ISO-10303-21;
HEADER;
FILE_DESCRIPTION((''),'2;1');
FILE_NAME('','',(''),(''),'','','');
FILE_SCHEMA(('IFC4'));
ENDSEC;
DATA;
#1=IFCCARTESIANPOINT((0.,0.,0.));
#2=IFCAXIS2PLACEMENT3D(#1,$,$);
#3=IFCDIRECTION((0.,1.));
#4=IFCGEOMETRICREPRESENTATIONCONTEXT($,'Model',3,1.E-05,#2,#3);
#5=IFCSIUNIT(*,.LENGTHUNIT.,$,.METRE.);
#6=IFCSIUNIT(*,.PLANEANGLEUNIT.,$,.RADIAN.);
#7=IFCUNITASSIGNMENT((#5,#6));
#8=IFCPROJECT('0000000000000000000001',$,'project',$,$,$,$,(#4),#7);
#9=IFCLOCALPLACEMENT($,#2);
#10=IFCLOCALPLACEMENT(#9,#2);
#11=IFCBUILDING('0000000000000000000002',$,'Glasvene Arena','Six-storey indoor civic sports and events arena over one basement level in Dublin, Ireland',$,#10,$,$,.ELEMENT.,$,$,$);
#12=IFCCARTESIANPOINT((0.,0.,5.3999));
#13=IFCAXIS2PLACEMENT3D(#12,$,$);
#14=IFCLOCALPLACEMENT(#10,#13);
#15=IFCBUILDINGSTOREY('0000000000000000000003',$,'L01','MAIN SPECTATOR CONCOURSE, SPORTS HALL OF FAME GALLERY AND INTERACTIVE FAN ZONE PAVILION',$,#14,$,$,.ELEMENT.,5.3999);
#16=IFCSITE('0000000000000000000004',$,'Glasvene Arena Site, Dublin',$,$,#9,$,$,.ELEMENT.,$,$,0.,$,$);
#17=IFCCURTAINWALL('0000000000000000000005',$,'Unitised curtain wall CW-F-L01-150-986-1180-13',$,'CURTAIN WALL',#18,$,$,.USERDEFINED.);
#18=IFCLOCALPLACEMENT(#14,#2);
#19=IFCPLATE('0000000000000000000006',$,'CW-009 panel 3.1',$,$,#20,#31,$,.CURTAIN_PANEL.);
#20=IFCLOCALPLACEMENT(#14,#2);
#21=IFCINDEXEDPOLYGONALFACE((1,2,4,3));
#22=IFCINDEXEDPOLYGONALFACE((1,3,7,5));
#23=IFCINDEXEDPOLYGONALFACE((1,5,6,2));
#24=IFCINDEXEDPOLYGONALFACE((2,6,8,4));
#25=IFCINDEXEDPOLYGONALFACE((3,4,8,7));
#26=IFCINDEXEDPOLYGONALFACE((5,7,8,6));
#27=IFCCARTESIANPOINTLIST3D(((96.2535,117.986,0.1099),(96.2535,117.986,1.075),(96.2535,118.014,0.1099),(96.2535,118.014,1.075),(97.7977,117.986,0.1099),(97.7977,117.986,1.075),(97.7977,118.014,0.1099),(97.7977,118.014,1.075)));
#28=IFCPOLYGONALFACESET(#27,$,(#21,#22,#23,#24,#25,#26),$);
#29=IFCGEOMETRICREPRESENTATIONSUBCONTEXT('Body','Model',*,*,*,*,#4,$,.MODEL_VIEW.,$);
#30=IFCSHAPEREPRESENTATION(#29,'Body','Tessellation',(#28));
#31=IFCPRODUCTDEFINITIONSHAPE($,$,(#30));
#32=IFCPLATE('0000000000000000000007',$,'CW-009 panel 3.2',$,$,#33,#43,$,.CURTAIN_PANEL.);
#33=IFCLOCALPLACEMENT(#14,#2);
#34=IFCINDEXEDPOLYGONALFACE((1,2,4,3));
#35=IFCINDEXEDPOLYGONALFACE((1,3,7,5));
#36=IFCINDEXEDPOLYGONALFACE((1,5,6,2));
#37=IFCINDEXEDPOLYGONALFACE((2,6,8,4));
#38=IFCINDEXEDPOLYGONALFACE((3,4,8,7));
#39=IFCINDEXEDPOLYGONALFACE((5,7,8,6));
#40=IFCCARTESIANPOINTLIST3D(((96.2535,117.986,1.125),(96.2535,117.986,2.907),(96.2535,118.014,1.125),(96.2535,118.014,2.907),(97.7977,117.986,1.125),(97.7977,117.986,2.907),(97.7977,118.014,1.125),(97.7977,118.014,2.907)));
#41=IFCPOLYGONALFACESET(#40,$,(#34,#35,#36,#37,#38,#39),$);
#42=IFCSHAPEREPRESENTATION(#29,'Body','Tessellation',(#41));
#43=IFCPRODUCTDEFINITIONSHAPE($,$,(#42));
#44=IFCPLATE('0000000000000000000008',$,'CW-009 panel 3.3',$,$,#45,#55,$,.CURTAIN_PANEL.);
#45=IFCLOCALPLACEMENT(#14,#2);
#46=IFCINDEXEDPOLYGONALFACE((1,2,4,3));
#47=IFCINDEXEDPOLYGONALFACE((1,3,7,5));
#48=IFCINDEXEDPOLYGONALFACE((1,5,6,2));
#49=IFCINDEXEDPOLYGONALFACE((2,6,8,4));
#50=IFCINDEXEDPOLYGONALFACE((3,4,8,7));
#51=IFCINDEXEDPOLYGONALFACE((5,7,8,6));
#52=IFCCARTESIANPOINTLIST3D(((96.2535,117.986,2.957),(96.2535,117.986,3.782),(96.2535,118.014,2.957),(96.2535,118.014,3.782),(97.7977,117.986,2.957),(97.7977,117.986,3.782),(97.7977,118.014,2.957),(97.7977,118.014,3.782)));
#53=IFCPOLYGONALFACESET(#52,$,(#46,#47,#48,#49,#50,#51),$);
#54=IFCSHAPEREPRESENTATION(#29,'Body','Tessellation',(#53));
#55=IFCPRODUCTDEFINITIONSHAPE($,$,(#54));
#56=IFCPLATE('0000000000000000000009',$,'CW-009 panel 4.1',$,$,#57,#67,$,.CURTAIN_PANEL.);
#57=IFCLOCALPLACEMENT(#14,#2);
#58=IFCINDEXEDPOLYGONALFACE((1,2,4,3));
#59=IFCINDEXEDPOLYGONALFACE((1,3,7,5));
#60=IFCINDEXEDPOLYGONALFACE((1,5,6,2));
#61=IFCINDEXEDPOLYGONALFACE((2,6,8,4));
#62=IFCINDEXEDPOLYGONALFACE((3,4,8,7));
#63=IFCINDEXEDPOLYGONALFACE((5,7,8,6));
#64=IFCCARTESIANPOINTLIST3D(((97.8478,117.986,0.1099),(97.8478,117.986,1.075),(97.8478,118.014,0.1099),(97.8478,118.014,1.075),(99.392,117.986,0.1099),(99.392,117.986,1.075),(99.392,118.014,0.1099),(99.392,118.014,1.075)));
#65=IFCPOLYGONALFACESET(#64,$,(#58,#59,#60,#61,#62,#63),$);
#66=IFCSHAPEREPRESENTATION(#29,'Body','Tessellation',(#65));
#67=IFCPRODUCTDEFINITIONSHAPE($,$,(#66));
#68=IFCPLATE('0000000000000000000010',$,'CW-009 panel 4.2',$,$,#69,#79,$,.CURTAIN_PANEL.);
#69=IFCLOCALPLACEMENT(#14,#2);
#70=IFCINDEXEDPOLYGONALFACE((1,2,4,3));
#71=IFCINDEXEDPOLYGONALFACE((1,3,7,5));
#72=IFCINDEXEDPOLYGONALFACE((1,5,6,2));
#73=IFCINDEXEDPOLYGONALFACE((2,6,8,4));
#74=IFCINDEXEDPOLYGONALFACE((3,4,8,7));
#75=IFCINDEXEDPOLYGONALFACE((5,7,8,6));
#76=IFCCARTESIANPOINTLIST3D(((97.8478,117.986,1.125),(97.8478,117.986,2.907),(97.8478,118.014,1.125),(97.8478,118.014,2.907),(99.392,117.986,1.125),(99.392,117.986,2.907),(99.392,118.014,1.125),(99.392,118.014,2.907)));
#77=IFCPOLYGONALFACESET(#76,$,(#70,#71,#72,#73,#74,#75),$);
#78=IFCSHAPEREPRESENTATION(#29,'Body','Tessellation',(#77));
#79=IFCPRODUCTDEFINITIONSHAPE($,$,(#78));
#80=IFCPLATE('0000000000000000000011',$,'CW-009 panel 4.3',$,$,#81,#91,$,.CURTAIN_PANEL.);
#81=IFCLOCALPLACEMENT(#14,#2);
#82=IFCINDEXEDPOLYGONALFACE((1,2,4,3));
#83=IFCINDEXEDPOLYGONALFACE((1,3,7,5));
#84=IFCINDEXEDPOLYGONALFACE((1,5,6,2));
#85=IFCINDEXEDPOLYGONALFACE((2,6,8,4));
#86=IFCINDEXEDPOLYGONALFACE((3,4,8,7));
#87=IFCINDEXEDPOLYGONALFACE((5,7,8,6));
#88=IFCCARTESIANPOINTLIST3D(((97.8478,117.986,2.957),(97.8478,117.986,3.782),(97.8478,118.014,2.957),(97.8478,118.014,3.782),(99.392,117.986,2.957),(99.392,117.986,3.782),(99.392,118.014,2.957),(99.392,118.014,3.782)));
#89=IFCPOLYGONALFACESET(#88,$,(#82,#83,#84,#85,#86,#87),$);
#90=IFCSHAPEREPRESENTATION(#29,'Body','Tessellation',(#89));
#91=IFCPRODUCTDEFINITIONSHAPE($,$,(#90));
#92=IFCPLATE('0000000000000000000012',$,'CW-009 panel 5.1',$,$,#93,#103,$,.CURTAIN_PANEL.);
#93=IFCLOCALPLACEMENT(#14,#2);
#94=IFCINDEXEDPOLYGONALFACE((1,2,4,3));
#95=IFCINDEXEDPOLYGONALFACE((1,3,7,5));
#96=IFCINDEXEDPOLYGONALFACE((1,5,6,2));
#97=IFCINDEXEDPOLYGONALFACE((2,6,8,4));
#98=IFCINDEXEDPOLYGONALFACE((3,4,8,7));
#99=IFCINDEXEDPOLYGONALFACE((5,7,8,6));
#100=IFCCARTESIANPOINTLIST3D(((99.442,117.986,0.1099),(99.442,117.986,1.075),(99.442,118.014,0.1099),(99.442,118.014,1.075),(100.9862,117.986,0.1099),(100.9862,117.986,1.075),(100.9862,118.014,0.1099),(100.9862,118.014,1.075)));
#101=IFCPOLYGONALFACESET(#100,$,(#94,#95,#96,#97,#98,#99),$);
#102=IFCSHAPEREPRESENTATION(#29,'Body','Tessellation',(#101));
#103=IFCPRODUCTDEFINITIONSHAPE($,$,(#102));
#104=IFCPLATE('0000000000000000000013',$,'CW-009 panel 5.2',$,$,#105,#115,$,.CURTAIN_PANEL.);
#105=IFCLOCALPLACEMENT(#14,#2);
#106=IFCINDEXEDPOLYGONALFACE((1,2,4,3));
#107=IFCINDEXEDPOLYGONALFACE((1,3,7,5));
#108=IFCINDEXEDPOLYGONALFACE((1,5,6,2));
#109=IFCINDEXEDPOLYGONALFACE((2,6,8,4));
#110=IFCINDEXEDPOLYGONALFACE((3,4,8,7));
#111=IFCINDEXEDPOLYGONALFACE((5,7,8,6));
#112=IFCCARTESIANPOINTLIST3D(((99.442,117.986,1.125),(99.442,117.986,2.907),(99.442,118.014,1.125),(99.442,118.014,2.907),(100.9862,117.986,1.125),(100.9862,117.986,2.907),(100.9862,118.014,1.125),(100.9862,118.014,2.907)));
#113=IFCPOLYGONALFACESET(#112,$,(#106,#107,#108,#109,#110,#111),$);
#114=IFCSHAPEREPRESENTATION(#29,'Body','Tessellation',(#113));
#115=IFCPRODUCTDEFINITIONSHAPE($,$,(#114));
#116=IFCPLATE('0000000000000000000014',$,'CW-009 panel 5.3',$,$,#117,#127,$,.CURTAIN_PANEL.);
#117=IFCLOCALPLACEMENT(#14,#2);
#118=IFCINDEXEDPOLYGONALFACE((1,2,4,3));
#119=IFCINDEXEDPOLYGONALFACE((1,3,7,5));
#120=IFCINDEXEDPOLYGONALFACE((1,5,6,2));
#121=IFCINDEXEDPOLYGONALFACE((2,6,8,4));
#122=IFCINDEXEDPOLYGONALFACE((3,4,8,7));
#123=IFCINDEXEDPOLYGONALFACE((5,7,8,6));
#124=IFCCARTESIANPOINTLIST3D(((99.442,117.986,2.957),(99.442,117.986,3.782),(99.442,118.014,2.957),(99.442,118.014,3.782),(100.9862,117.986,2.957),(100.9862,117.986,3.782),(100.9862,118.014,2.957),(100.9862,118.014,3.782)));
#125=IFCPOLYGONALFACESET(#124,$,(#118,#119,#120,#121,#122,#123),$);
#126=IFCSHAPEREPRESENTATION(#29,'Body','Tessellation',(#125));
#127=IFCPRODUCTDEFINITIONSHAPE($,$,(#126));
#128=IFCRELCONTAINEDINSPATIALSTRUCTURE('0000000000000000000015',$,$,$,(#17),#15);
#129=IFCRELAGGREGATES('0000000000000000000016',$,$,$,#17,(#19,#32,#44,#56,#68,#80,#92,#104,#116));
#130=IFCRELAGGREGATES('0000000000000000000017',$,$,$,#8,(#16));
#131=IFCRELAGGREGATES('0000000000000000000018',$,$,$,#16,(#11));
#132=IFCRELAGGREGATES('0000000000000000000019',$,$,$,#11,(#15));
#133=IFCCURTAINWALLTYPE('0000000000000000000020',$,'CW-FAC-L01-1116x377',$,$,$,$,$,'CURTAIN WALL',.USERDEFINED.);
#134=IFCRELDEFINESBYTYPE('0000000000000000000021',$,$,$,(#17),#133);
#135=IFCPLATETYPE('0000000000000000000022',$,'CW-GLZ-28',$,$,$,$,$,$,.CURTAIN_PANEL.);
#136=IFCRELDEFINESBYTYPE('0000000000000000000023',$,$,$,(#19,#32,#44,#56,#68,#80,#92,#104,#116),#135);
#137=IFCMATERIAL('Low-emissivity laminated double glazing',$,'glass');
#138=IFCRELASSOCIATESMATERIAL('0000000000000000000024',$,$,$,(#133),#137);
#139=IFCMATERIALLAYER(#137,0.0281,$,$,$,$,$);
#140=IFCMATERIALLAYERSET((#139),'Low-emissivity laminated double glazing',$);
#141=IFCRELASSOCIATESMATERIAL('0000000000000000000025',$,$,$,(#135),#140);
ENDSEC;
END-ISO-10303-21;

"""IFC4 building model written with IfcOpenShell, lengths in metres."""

from ifc_helpers import new_model, si_unit, direction, frame, origin, origin_2d, place, context, subcontext, project, spatial, rectangle, extrude, material, layer, layer_set, type_object, element, aggregate, save


model = new_model("IFC4")

# Units and contexts
model_context = context("Model", 3, precision=1e-05, world=origin(), true_north=direction((0.0, 1.0)))
body_context = subcontext(model_context, "Body", "Model", "MODEL_VIEW")
ifc_project = project(units=[si_unit("LENGTHUNIT", "METRE"), si_unit("PLANEANGLEUNIT", "RADIAN")], contexts=[model_context])

# Site, building, storey
site_placement = place(None, origin())
site = spatial("IfcSite", under=ifc_project, at=site_placement, Name="Glasvene Arena Site, Dublin", CompositionType="ELEMENT", RefElevation=0.0)
building_placement = place(site_placement, origin())
building = spatial("IfcBuilding", under=site, at=building_placement, Name="Glasvene Arena", Description="Six-storey indoor civic sports and events arena over one basement level in Dublin, Ireland", CompositionType="ELEMENT")
storey_placement = place(building_placement, frame((0.0, 0.0, 5.3999)))
storey = spatial("IfcBuildingStorey", under=building, at=storey_placement, Name="L01", Description="MAIN SPECTATOR CONCOURSE, SPORTS HALL OF FAME GALLERY AND INTERACTIVE FAN ZONE PAVILION", CompositionType="ELEMENT", Elevation=5.3999)

# Curtain wall, plates
ifc_material_1 = material(Name="Low-emissivity laminated double glazing", Category="glass")
curtain_wall_type = type_object("IfcCurtainWallType", Name="CW-FAC-L01-1116x377", ElementType="CURTAIN WALL", PredefinedType="USERDEFINED", material=ifc_material_1)
curtain_wall_placement = place(storey_placement, frame((93.04, 118.0, 0.0)))
curtain_wall = element("IfcCurtainWall", 1, at=curtain_wall_placement, inside=storey, type_object=curtain_wall_type, Name="Unitised curtain wall CW-F-L01-150-986-1180-13", ObjectType="CURTAIN WALL", PredefinedType="USERDEFINED")
ifc_layer = layer(ifc_material_1, 0.0281)
ifc_layer_set = layer_set([ifc_layer], Name="Low-emissivity laminated double glazing")
plate_type = type_object("IfcPlateType", Name="CW-GLZ-28", PredefinedType="CURTAIN_PANEL", material=ifc_layer_set)
plate_1_placement = place(storey_placement, frame((97.0256, 118.0, 0.1099), z_axis=(0.0, 0.0, 1.0), x_axis=(1.0, 0.0, 0.0)))
plate_1 = element("IfcPlate", 2, at=plate_1_placement, type_object=plate_type, Name="CW-009 panel 3.1", PredefinedType="CURTAIN_PANEL", context=body_context, shape_type="SweptSolid", body=[
    extrude(rectangle(XDim=1.5442, YDim=0.0281, at=origin_2d()), origin(), (0.0, 0.0, 1.0), 0.9651),
])
plate_2_placement = place(storey_placement, frame((97.0256, 118.0, 1.125), z_axis=(0.0, 0.0, 1.0), x_axis=(1.0, 0.0, 0.0)))
plate_2 = element("IfcPlate", 3, at=plate_2_placement, type_object=plate_type, Name="CW-009 panel 3.2", PredefinedType="CURTAIN_PANEL", context=body_context, shape_type="SweptSolid", body=[
    extrude(rectangle(XDim=1.5442, YDim=0.0281, at=origin_2d()), origin(), (0.0, 0.0, 1.0), 1.782),
])
plate_3_placement = place(storey_placement, frame((97.0256, 118.0, 2.957), z_axis=(0.0, 0.0, 1.0), x_axis=(1.0, 0.0, 0.0)))
plate_3 = element("IfcPlate", 4, at=plate_3_placement, type_object=plate_type, Name="CW-009 panel 3.3", PredefinedType="CURTAIN_PANEL", context=body_context, shape_type="SweptSolid", body=[
    extrude(rectangle(XDim=1.5442, YDim=0.0281, at=origin_2d()), origin(), (0.0, 0.0, 1.0), 0.825),
])
plate_4_placement = place(storey_placement, frame((98.6199, 118.0, 0.1099), z_axis=(0.0, 0.0, 1.0), x_axis=(1.0, 0.0, 0.0)))
plate_4 = element("IfcPlate", 5, at=plate_4_placement, type_object=plate_type, Name="CW-009 panel 4.1", PredefinedType="CURTAIN_PANEL", context=body_context, shape_type="SweptSolid", body=[
    extrude(rectangle(XDim=1.5442, YDim=0.0281, at=origin_2d()), origin(), (0.0, 0.0, 1.0), 0.9651),
])
plate_5_placement = place(storey_placement, frame((98.6199, 118.0, 1.125), z_axis=(0.0, 0.0, 1.0), x_axis=(1.0, 0.0, 0.0)))
plate_5 = element("IfcPlate", 6, at=plate_5_placement, type_object=plate_type, Name="CW-009 panel 4.2", PredefinedType="CURTAIN_PANEL", context=body_context, shape_type="SweptSolid", body=[
    extrude(rectangle(XDim=1.5442, YDim=0.0281, at=origin_2d()), origin(), (0.0, 0.0, 1.0), 1.782),
])
plate_6_placement = place(storey_placement, frame((98.6199, 118.0, 2.957), z_axis=(0.0, 0.0, 1.0), x_axis=(1.0, 0.0, 0.0)))
plate_6 = element("IfcPlate", 7, at=plate_6_placement, type_object=plate_type, Name="CW-009 panel 4.3", PredefinedType="CURTAIN_PANEL", context=body_context, shape_type="SweptSolid", body=[
    extrude(rectangle(XDim=1.5442, YDim=0.0281, at=origin_2d()), origin(), (0.0, 0.0, 1.0), 0.825),
])
plate_7_placement = place(storey_placement, frame((100.2141, 118.0, 0.1099), z_axis=(0.0, 0.0, 1.0), x_axis=(1.0, 0.0, 0.0)))
plate_7 = element("IfcPlate", 8, at=plate_7_placement, type_object=plate_type, Name="CW-009 panel 5.1", PredefinedType="CURTAIN_PANEL", context=body_context, shape_type="SweptSolid", body=[
    extrude(rectangle(XDim=1.5442, YDim=0.0281, at=origin_2d()), origin(), (0.0, 0.0, 1.0), 0.9651),
])
plate_8_placement = place(storey_placement, frame((100.2141, 118.0, 1.125), z_axis=(0.0, 0.0, 1.0), x_axis=(1.0, 0.0, 0.0)))
plate_8 = element("IfcPlate", 9, at=plate_8_placement, type_object=plate_type, Name="CW-009 panel 5.2", PredefinedType="CURTAIN_PANEL", context=body_context, shape_type="SweptSolid", body=[
    extrude(rectangle(XDim=1.5442, YDim=0.0281, at=origin_2d()), origin(), (0.0, 0.0, 1.0), 1.782),
])
plate_9_placement = place(storey_placement, frame((100.2141, 118.0, 2.957), z_axis=(0.0, 0.0, 1.0), x_axis=(1.0, 0.0, 0.0)))
plate_9 = element("IfcPlate", 10, at=plate_9_placement, type_object=plate_type, Name="CW-009 panel 5.3", PredefinedType="CURTAIN_PANEL", context=body_context, shape_type="SweptSolid", body=[
    extrude(rectangle(XDim=1.5442, YDim=0.0281, at=origin_2d()), origin(), (0.0, 0.0, 1.0), 0.825),
])
aggregate(curtain_wall, [plate_1, plate_2, plate_3, plate_4, plate_5, plate_6, plate_7, plate_8, plate_9])

save(model, "model.ifc")
